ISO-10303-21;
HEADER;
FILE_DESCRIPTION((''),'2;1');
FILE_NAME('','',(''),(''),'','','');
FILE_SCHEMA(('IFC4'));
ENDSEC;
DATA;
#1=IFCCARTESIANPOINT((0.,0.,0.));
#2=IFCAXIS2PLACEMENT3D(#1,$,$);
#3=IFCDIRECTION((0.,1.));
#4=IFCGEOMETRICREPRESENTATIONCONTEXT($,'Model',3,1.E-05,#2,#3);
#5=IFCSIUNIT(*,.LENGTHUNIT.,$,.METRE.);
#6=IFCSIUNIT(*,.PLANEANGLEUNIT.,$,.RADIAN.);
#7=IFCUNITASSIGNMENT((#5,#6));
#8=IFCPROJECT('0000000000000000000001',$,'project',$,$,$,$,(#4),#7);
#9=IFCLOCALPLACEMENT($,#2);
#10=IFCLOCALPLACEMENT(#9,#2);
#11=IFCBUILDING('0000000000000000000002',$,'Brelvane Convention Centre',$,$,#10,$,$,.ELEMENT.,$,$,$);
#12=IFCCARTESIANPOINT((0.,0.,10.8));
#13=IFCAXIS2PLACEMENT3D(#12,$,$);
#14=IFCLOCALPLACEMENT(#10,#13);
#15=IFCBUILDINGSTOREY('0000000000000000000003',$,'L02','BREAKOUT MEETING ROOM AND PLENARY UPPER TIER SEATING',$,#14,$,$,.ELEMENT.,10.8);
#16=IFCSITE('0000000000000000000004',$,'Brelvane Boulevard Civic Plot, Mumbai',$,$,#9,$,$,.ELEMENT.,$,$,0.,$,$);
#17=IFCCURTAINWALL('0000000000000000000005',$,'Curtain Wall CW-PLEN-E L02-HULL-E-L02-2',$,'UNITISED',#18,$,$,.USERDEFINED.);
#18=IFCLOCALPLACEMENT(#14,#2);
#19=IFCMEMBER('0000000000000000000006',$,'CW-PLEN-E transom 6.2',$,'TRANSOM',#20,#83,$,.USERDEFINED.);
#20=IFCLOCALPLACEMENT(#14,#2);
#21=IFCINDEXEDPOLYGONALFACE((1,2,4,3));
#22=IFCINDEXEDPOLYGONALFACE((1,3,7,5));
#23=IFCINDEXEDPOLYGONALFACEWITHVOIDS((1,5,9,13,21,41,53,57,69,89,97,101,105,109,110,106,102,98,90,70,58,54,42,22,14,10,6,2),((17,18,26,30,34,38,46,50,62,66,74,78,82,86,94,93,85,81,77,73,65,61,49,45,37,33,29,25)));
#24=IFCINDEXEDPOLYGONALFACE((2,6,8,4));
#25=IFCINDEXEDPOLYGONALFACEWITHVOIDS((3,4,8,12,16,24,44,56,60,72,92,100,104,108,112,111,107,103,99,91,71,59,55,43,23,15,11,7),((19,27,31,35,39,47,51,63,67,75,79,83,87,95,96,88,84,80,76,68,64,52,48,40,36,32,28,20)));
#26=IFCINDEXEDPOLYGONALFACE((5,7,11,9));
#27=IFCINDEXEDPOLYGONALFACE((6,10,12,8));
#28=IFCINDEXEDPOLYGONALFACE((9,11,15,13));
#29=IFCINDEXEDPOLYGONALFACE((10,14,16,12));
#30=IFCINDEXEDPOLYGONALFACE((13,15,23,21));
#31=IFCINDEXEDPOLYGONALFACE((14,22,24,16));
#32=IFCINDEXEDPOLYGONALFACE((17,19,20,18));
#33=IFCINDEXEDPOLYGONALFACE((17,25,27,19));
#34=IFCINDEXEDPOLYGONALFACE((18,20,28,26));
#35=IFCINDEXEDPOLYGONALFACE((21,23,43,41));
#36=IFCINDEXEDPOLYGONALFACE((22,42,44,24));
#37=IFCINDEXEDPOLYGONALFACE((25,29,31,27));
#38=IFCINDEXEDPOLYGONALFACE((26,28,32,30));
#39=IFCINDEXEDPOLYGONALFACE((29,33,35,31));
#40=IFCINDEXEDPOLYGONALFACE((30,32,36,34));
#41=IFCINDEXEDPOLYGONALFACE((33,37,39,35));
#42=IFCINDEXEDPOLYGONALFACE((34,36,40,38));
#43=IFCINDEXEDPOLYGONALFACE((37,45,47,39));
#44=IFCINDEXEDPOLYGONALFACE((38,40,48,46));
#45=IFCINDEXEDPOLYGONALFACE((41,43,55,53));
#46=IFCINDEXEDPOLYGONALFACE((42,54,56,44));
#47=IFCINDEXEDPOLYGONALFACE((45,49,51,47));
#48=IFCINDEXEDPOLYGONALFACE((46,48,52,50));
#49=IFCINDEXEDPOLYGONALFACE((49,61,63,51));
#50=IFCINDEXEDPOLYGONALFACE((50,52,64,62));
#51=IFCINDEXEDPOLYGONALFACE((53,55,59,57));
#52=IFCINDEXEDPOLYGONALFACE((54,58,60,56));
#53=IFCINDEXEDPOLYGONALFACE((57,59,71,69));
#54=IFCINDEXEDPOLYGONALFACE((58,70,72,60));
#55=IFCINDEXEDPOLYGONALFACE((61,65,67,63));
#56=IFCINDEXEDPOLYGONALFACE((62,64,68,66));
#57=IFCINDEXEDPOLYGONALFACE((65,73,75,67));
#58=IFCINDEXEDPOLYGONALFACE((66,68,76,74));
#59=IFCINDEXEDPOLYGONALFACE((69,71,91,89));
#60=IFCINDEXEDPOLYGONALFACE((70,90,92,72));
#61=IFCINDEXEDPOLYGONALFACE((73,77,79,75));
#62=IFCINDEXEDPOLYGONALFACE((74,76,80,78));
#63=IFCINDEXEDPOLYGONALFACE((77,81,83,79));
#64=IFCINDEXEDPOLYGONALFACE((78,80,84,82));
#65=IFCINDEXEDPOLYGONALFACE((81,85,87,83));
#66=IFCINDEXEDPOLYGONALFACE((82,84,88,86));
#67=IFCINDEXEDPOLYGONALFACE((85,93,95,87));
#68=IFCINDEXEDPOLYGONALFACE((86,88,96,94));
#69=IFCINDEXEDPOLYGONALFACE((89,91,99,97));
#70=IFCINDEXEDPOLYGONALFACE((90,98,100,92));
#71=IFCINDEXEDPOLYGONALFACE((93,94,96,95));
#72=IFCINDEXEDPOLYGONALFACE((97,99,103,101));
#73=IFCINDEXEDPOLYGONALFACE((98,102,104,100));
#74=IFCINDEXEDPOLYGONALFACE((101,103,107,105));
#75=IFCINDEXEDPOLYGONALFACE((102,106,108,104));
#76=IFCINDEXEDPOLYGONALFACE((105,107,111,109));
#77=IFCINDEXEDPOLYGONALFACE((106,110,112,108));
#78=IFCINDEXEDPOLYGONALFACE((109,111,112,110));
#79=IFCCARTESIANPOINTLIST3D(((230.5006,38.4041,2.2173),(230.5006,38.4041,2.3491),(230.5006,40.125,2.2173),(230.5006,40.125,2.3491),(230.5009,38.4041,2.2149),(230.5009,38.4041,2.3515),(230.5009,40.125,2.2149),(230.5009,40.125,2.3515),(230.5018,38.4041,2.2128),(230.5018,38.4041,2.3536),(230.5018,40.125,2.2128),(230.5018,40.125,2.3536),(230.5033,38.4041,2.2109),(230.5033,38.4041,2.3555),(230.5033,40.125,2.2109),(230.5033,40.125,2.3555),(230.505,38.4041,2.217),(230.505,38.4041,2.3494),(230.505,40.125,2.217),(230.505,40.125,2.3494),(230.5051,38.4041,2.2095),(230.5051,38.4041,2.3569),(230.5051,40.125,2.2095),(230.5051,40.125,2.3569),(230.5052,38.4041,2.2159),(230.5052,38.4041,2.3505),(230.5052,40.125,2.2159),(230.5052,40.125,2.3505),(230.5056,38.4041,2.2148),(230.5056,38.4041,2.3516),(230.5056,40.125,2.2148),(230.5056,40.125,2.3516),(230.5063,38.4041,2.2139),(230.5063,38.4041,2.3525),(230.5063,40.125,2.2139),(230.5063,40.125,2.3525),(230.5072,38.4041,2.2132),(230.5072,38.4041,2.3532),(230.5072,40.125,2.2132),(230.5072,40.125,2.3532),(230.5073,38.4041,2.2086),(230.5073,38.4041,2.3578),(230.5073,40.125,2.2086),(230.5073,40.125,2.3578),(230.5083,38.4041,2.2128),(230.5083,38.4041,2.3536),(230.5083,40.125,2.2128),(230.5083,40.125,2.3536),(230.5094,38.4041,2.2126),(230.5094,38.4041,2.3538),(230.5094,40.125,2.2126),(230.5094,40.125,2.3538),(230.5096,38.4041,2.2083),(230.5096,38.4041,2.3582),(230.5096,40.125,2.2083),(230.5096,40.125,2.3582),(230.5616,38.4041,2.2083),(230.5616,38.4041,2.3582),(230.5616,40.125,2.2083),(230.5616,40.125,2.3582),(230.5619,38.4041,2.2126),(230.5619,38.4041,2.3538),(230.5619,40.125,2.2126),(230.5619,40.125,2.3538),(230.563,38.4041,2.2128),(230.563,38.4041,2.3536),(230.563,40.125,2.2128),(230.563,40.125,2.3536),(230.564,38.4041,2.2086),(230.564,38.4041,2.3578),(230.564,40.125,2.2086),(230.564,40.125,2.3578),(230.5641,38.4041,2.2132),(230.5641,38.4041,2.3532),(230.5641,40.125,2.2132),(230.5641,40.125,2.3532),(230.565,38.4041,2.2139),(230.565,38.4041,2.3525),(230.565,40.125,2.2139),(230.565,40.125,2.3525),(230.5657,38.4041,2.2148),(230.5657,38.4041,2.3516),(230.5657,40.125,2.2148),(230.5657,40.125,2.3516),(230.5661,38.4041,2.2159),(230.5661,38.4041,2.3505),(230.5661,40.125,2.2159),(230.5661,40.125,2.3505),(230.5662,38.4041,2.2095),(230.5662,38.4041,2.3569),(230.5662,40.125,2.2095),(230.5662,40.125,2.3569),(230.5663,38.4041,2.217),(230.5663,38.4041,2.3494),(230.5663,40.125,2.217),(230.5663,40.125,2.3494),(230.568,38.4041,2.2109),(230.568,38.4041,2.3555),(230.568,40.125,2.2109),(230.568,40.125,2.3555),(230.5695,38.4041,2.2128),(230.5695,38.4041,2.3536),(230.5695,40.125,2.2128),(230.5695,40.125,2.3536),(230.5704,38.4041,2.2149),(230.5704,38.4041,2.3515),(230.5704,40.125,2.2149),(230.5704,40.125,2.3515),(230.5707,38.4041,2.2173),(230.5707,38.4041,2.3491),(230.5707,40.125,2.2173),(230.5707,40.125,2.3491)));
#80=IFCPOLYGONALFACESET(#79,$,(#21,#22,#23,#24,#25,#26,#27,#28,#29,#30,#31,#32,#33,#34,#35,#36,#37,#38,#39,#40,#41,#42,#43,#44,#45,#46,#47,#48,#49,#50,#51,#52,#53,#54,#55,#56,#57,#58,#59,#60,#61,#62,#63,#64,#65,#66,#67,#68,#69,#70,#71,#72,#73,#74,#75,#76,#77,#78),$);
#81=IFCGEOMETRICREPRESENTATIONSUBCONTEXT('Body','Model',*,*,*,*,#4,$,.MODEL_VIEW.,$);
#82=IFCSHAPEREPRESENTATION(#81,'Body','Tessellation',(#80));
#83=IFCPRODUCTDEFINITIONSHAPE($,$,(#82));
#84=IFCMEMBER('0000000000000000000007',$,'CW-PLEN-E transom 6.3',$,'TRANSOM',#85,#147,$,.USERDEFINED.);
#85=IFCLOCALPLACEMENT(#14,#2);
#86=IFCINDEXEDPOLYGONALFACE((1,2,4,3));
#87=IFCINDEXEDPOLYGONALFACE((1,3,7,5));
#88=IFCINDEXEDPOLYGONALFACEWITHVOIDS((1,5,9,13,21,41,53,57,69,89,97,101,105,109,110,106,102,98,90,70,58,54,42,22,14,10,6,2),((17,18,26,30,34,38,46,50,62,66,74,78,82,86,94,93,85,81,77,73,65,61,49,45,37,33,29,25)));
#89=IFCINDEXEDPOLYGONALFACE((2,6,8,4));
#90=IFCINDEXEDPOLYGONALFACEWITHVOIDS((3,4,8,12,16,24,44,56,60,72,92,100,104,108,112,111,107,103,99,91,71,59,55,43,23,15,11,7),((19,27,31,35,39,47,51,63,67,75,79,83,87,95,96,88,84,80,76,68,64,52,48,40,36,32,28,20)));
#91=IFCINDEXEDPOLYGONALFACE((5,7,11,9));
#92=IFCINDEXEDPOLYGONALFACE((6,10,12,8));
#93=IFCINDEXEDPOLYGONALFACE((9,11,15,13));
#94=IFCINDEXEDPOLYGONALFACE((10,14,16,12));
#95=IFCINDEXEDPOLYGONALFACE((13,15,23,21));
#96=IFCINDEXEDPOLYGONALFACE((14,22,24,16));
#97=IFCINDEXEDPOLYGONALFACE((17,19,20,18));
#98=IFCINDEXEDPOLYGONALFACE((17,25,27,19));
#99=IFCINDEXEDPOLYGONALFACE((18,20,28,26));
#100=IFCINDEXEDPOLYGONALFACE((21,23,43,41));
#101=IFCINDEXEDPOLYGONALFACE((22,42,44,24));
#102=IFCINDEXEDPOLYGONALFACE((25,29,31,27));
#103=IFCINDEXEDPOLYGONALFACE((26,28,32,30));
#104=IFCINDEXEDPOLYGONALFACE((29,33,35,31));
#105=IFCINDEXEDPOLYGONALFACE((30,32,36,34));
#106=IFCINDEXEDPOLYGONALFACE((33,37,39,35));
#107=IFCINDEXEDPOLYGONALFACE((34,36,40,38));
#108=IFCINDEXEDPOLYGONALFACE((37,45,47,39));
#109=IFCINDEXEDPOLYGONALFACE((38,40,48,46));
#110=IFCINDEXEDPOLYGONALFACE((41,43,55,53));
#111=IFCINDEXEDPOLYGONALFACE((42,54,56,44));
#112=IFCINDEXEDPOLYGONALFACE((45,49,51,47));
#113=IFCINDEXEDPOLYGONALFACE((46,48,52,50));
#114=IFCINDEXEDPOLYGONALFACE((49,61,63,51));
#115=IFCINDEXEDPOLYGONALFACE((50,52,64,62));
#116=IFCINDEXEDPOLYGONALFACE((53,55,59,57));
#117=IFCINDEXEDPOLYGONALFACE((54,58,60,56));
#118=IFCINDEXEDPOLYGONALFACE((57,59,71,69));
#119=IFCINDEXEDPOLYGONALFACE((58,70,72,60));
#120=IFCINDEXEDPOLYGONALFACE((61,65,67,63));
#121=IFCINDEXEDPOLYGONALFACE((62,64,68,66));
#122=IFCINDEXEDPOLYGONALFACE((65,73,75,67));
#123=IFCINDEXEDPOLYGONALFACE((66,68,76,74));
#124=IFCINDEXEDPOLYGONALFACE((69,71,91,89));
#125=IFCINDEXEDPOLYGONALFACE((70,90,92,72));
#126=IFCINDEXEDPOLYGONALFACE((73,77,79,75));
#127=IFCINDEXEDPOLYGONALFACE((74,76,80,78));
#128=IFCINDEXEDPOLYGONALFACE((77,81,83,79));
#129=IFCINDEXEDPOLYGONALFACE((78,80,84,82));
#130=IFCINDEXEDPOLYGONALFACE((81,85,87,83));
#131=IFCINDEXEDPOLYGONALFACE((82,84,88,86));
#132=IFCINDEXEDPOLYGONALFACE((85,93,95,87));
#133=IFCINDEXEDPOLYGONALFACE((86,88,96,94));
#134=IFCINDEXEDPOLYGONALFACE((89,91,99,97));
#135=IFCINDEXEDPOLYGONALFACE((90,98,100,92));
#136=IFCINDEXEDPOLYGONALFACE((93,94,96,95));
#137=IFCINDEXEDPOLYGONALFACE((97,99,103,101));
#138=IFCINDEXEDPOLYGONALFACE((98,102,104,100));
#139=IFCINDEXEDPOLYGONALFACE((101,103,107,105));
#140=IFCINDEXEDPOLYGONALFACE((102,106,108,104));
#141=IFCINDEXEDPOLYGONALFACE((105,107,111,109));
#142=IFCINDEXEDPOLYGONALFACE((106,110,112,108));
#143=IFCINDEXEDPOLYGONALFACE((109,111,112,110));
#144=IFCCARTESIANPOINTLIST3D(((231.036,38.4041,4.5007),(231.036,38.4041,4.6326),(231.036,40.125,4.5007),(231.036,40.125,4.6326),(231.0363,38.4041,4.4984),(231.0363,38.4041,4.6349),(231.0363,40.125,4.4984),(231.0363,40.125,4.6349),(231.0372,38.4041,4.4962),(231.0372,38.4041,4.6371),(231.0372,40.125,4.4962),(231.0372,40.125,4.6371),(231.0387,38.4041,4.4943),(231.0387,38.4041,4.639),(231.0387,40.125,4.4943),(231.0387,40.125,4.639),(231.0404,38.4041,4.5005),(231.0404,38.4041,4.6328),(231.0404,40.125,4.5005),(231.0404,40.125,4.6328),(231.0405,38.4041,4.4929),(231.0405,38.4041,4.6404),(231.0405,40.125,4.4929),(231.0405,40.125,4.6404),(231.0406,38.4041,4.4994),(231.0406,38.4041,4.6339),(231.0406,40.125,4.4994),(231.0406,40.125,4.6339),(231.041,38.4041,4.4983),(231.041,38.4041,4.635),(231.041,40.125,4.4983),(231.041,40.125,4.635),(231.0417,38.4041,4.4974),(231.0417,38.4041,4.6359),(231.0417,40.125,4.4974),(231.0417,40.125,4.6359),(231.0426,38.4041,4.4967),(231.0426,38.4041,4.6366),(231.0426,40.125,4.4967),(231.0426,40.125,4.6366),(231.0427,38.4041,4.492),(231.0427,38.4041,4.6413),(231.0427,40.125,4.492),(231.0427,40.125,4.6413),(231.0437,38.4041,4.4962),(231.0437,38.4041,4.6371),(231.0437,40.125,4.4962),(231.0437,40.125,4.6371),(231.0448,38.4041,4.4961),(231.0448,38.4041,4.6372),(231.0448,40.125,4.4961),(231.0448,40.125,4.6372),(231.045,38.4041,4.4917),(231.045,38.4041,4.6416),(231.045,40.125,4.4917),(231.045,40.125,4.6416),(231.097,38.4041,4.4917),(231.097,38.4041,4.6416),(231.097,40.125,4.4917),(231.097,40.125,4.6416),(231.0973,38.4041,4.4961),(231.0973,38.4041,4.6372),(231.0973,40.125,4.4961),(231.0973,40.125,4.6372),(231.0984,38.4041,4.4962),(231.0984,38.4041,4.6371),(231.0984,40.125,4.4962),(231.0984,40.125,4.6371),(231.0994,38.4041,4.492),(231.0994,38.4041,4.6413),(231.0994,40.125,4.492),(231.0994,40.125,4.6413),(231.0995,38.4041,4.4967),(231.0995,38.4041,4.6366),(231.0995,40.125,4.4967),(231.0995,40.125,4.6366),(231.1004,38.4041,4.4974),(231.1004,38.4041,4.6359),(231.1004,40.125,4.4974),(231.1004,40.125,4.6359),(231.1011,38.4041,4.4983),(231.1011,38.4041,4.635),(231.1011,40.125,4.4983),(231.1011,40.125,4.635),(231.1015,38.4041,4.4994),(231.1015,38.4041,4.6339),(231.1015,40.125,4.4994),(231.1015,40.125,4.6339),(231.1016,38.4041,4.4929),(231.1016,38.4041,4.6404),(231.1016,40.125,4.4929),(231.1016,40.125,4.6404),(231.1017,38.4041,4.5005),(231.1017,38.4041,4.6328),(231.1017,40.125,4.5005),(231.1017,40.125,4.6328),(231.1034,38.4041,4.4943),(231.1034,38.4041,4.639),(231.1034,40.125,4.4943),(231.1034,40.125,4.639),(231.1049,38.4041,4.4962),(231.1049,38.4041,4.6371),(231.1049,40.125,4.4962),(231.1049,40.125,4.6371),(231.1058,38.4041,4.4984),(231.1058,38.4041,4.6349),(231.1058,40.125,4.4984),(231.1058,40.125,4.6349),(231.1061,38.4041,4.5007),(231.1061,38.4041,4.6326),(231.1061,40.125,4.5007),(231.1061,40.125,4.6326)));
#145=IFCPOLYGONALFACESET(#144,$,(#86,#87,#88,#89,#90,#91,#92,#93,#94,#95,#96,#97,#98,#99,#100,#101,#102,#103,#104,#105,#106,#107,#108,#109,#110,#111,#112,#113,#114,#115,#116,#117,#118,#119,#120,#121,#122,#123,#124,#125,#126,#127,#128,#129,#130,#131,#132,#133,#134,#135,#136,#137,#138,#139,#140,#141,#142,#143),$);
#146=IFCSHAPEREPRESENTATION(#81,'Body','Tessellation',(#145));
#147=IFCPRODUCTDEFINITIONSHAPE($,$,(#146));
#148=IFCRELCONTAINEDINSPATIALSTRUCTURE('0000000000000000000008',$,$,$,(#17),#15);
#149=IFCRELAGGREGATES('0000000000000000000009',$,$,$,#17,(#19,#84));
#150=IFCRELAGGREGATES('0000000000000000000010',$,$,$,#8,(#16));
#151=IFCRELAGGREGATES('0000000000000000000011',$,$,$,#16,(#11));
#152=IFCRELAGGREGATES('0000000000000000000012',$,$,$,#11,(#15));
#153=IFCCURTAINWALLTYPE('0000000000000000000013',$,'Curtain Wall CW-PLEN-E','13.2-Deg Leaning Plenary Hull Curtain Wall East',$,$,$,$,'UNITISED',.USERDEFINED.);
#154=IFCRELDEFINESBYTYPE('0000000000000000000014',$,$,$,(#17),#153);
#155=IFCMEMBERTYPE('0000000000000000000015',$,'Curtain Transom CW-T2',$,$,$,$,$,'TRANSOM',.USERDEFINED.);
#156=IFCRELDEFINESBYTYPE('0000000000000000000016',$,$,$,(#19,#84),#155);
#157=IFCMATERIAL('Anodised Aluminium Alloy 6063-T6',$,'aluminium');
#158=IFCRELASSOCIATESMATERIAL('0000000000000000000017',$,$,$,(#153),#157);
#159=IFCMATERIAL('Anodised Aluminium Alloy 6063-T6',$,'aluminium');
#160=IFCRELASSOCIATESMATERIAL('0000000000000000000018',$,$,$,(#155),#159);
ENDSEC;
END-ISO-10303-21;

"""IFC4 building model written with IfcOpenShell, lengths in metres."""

from ifc_helpers import new_model, si_unit, direction, frame, origin, origin_2d, place, context, subcontext, project, spatial, hollow_rectangle, extrude, material, material_profile, profile_set, type_object, element, aggregate, save


model = new_model("IFC4")

# Units and contexts
model_context = context("Model", 3, precision=1e-05, world=origin(), true_north=direction((0.0, 1.0)))
body_context = subcontext(model_context, "Body", "Model", "MODEL_VIEW")
ifc_project = project(units=[si_unit("LENGTHUNIT", "METRE"), si_unit("PLANEANGLEUNIT", "RADIAN")], contexts=[model_context])

# Site, building, storey
site_placement = place(None, origin())
site = spatial("IfcSite", under=ifc_project, at=site_placement, Name="Brelvane Boulevard Civic Plot, Mumbai", CompositionType="ELEMENT", RefElevation=0.0)
building_placement = place(site_placement, origin())
building = spatial("IfcBuilding", under=site, at=building_placement, Name="Brelvane Convention Centre", CompositionType="ELEMENT")
storey_placement = place(building_placement, frame((0.0, 0.0, 10.8)))
storey = spatial("IfcBuildingStorey", under=building, at=storey_placement, Name="L02", Description="BREAKOUT MEETING ROOM AND PLENARY UPPER TIER SEATING", CompositionType="ELEMENT", Elevation=10.8)

# Curtain wall, members
ifc_material_1 = material(Name="Anodised Aluminium Alloy 6063-T6", Category="aluminium")
curtain_wall_type = type_object("IfcCurtainWallType", Name="Curtain Wall CW-PLEN-E", Description="13.2-Deg Leaning Plenary Hull Curtain Wall East", ElementType="UNITISED", PredefinedType="USERDEFINED", material=ifc_material_1)
curtain_wall_1_placement = place(storey_placement, origin())
curtain_wall_1 = element("IfcCurtainWall", 1, at=curtain_wall_1_placement, inside=storey, type_object=curtain_wall_type, Name="Curtain Wall CW-PLEN-E L02-HULL-E-L02-2", ObjectType="UNITISED", PredefinedType="USERDEFINED")
ifc_material_2 = material(Name="Anodised Aluminium Alloy 6063-T6", Category="aluminium")
ifc_material_profile = material_profile(ifc_material_2, hollow_rectangle(XDim=0.0701, YDim=0.1499, WallThickness=0.0044, InnerFilletRadius=0.0044, OuterFilletRadius=0.009, at=origin_2d()), Name="ALU-T 150x70x4.5")
ifc_profile_set = profile_set([ifc_material_profile], Name="Anodised Aluminium Alloy 6063-T6")
member_type = type_object("IfcMemberType", Name="Curtain Transom CW-T2", ElementType="TRANSOM", PredefinedType="USERDEFINED", material=ifc_profile_set)
member_1_placement = place(storey_placement, frame((230.5356, 38.4041, 2.2832), z_axis=(0.0, 1.0, 0.0), x_axis=(-1.0, 0.0, 0.0)))
member_1 = element("IfcMember", 2, at=member_1_placement, type_object=member_type, Name="CW-PLEN-E transom 6.2", ObjectType="TRANSOM", PredefinedType="USERDEFINED", context=body_context, shape_type="SweptSolid", body=[
    extrude(hollow_rectangle(XDim=0.0701, YDim=0.1499, WallThickness=0.0044, InnerFilletRadius=0.0044, OuterFilletRadius=0.009, at=origin_2d()), origin(), (0.0, 0.0, 1.0), 1.7209),
])
member_2_placement = place(storey_placement, frame((231.071, 38.4041, 4.5667), z_axis=(0.0, 1.0, 0.0), x_axis=(-1.0, 0.0, 0.0)))
member_2 = element("IfcMember", 3, at=member_2_placement, type_object=member_type, Name="CW-PLEN-E transom 6.3", ObjectType="TRANSOM", PredefinedType="USERDEFINED", context=body_context, shape_type="SweptSolid", body=[
    extrude(hollow_rectangle(XDim=0.0701, YDim=0.1499, WallThickness=0.0044, InnerFilletRadius=0.0044, OuterFilletRadius=0.009, at=origin_2d()), origin(), (0.0, 0.0, 1.0), 1.7209),
])

aggregate(curtain_wall_1, [member_1, member_2])

save(model, "model.ifc")
